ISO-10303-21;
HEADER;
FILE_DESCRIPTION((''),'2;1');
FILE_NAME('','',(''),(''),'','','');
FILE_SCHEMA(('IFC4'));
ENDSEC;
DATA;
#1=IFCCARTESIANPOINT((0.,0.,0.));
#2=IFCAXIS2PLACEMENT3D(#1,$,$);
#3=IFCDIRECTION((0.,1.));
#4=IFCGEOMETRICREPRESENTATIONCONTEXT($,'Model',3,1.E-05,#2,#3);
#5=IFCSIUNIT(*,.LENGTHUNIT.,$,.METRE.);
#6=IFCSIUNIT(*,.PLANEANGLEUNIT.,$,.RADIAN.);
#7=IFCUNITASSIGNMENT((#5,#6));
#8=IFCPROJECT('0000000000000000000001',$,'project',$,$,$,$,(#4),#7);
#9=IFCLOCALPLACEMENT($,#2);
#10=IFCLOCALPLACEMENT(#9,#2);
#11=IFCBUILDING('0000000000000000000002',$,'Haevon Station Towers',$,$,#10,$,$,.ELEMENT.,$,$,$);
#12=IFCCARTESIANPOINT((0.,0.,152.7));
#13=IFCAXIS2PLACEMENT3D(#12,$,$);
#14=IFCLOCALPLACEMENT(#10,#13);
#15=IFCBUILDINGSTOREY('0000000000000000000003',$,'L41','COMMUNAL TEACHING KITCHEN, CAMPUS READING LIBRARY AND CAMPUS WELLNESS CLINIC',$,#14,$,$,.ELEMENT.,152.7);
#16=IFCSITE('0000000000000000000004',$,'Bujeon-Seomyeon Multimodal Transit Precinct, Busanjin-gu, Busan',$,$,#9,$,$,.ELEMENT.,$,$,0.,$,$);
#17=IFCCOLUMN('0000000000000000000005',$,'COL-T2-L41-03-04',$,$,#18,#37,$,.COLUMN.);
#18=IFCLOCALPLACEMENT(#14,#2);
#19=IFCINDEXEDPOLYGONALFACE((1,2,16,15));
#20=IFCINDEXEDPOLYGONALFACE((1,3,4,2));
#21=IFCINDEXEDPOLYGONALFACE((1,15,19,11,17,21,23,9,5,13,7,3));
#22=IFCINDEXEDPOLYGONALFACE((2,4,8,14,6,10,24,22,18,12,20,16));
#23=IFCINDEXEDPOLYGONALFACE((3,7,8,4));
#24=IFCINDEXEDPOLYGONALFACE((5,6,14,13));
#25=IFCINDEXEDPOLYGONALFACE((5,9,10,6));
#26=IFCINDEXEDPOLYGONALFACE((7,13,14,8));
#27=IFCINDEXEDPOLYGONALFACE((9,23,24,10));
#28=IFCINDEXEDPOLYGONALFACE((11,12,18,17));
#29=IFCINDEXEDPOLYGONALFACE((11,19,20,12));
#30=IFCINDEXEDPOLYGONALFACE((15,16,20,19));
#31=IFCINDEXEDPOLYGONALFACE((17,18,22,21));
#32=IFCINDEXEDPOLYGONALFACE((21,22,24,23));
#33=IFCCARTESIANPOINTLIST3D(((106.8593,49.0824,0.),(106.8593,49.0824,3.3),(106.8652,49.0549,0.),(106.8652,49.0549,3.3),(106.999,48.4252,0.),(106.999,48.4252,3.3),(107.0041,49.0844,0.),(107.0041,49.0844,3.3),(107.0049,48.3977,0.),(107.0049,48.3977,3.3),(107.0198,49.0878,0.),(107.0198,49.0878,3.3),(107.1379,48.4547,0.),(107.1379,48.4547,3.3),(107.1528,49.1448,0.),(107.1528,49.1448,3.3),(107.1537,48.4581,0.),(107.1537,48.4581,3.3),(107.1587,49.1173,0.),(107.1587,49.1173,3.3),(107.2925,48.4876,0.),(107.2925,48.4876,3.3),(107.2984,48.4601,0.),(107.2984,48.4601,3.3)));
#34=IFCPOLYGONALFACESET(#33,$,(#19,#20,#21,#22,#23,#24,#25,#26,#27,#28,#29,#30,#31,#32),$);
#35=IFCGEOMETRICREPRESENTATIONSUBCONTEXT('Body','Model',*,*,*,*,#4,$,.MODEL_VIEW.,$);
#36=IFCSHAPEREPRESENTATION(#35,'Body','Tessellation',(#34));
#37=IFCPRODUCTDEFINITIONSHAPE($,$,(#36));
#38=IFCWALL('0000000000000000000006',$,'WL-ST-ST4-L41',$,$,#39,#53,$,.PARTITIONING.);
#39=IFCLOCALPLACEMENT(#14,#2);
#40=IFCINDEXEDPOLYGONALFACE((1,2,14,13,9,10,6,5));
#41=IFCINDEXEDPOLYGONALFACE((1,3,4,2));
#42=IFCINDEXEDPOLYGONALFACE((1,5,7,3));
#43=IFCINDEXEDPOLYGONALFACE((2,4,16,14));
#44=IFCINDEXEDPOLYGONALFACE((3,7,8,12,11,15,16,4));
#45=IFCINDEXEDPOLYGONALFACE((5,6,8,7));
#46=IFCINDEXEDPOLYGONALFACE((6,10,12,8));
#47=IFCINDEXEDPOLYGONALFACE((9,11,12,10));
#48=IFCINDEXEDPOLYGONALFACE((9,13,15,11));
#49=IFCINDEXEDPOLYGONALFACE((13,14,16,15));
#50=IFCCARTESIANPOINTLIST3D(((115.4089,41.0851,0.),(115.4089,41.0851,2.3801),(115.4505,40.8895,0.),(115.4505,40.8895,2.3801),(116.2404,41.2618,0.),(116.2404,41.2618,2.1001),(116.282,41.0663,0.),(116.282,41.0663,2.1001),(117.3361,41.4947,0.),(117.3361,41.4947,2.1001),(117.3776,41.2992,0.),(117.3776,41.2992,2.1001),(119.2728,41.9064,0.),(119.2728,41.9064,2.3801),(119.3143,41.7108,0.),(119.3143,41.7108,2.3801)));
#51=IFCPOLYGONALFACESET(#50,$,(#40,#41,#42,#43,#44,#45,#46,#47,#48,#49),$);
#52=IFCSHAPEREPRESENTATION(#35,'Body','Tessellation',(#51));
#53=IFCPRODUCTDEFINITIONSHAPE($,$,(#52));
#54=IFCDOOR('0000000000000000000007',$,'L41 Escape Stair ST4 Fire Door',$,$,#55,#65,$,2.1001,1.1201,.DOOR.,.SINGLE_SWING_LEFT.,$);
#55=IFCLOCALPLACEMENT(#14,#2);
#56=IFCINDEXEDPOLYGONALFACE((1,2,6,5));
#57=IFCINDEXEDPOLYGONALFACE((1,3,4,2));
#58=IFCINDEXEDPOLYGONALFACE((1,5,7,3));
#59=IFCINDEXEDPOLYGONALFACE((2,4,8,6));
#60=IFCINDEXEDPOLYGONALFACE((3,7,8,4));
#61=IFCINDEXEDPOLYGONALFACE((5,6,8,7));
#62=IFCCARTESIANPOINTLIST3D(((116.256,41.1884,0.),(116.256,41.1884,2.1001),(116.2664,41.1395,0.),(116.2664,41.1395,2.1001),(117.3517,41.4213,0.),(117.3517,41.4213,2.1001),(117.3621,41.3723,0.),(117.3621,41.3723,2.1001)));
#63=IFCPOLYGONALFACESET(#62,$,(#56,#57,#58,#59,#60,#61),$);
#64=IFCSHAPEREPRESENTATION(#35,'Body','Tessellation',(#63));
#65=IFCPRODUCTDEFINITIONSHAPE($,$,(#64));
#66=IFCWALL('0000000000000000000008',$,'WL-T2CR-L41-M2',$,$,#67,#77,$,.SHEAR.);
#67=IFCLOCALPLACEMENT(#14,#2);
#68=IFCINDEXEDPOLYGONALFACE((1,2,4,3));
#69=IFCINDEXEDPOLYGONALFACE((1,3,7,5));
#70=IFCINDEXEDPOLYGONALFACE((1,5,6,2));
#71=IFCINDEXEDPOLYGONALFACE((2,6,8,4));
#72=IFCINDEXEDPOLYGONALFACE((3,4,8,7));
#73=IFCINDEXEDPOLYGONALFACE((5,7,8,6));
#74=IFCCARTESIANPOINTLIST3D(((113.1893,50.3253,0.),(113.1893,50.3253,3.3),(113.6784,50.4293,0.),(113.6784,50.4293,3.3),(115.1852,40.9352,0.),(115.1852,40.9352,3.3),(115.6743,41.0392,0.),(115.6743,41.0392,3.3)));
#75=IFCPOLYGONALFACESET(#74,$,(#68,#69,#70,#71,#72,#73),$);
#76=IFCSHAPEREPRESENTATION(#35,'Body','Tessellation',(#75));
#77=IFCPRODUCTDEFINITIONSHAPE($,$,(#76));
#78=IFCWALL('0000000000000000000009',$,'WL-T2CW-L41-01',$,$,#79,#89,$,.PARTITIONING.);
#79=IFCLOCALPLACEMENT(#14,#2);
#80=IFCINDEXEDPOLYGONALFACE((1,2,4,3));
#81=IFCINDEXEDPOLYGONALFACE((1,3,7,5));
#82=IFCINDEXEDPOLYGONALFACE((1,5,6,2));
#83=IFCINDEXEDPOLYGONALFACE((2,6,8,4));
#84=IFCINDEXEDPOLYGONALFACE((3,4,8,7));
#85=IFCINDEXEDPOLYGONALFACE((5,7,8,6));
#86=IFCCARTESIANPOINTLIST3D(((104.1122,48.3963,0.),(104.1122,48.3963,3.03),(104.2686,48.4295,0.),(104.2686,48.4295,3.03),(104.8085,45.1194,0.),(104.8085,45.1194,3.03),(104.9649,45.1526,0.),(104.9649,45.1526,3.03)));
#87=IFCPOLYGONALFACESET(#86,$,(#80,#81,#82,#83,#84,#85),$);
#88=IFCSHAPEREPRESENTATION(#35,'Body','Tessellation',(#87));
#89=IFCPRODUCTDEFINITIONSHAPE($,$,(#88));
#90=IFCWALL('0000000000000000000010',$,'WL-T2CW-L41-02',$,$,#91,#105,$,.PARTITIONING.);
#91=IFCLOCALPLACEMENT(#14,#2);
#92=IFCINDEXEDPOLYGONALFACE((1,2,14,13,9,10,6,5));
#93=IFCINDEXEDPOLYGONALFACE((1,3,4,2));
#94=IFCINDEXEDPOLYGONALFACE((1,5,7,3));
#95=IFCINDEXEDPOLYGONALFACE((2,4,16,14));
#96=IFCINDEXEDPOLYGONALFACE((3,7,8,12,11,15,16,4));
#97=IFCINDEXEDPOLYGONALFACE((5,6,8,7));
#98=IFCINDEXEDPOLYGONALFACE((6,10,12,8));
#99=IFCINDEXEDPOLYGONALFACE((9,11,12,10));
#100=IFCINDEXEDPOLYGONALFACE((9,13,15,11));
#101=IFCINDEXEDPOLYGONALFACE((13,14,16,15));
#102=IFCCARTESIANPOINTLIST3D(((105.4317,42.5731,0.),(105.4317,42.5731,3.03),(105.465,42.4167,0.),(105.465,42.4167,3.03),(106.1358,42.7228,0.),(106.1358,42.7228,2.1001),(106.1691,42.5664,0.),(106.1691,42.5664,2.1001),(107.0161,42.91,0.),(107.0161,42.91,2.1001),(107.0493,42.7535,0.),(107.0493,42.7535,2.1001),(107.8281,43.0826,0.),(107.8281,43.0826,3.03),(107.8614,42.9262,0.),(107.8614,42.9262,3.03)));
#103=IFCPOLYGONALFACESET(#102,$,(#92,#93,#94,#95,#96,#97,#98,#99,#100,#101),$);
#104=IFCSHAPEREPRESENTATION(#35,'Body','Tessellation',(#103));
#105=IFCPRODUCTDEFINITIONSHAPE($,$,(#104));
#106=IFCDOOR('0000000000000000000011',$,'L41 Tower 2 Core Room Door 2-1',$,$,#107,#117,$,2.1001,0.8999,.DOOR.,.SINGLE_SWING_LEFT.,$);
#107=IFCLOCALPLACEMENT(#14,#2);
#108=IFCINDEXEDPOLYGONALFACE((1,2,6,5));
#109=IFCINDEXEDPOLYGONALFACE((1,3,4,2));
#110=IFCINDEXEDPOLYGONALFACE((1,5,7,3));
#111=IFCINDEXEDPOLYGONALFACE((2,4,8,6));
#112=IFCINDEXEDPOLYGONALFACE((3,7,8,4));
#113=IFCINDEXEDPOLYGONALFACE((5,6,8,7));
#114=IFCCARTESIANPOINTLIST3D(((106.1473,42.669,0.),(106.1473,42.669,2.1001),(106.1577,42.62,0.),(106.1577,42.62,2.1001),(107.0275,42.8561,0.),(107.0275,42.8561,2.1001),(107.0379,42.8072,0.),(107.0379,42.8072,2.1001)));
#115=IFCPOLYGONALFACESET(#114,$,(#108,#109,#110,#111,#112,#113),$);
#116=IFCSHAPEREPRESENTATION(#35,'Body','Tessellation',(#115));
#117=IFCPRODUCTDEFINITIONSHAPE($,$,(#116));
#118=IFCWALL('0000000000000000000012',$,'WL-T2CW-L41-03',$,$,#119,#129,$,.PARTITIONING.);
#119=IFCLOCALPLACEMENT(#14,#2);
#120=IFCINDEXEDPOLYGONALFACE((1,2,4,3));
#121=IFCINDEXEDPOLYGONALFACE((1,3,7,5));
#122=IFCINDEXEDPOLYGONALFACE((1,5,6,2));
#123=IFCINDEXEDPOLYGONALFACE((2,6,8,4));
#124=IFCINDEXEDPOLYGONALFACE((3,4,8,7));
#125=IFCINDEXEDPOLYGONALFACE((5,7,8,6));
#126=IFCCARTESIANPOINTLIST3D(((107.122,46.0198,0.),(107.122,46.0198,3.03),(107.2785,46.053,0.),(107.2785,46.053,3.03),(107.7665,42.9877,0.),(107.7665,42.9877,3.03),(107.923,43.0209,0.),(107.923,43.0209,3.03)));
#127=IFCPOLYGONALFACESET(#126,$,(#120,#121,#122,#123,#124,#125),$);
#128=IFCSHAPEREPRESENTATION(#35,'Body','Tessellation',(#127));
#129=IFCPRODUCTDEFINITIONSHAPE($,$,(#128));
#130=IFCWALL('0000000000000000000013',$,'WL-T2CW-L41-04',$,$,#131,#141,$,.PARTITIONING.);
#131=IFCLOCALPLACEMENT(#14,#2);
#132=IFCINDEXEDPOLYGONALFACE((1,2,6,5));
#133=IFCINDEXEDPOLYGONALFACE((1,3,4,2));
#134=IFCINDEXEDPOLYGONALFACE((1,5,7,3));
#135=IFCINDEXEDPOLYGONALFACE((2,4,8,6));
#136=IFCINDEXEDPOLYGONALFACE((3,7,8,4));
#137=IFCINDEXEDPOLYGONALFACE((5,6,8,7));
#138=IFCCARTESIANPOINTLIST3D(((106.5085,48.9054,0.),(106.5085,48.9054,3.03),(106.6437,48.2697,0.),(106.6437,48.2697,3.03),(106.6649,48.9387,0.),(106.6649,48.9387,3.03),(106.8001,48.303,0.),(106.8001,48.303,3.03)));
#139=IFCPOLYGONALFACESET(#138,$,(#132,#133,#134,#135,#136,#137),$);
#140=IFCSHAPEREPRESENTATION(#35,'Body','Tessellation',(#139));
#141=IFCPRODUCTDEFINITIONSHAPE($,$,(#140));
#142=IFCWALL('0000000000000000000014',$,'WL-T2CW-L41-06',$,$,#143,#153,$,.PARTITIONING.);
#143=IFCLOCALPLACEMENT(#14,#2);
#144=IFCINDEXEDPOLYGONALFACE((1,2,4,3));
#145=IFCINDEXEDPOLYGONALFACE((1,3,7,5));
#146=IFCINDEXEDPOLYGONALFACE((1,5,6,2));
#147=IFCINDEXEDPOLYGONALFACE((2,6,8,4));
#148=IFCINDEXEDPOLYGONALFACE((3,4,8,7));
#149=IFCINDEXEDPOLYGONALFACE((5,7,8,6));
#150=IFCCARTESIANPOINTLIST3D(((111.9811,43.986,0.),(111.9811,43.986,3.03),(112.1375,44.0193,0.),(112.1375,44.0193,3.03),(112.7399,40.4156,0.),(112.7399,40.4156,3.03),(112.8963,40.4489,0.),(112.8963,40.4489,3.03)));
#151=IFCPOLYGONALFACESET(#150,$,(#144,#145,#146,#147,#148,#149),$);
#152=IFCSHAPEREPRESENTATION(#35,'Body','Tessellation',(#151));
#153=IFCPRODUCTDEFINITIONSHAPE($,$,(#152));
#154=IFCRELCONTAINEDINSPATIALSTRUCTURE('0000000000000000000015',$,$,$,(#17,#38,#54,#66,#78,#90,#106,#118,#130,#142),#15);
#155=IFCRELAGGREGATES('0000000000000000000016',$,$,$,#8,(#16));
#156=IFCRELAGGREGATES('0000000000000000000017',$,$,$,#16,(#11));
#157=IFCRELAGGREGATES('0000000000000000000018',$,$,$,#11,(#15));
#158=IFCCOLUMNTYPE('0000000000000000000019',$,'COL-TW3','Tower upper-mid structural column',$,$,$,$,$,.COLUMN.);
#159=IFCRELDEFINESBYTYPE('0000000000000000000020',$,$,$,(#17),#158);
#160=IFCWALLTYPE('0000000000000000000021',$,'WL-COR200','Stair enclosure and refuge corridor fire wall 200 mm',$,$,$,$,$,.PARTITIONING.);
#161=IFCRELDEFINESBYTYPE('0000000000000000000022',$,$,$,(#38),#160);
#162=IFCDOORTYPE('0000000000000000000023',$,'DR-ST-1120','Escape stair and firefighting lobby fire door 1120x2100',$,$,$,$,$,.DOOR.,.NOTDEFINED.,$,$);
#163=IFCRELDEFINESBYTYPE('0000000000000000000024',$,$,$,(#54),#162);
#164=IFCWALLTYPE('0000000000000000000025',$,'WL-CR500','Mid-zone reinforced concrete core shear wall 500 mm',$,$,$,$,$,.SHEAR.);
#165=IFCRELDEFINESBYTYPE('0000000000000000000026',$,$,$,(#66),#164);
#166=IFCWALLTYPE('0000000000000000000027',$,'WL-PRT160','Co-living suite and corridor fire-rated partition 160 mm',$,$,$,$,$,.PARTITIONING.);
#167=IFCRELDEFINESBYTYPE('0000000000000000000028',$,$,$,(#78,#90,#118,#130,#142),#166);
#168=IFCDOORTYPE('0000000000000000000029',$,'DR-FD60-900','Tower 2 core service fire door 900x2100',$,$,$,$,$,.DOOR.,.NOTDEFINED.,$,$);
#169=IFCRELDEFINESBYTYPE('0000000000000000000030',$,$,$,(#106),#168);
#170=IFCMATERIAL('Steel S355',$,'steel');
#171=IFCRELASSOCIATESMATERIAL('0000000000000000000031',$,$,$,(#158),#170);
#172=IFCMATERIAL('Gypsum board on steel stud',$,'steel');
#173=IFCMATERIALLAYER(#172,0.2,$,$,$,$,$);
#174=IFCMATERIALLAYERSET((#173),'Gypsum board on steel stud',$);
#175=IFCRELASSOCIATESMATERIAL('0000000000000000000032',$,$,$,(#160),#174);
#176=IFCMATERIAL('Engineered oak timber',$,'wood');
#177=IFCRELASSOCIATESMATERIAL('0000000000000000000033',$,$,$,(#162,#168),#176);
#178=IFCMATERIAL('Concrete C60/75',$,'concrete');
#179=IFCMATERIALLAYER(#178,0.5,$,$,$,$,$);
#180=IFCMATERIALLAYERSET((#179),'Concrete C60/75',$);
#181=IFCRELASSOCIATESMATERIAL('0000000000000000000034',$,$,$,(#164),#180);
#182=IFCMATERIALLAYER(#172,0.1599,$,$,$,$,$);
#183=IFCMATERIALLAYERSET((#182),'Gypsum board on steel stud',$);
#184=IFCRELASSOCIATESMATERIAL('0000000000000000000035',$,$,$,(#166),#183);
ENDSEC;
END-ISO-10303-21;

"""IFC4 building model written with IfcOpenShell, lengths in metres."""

from ifc_helpers import new_model, si_unit, direction, frame, frame_2d, origin, origin_2d, place, context, subcontext, project, spatial, rectangle, i_section, extrude, material, layer, layer_set, material_profile, profile_set, type_object, element, fill, save


model = new_model("IFC4")

# Units and contexts
model_context = context("Model", 3, precision=1e-05, world=origin(), true_north=direction((0.0, 1.0)))
body_context = subcontext(model_context, "Body", "Model", "MODEL_VIEW")
ifc_project = project(units=[si_unit("LENGTHUNIT", "METRE"), si_unit("PLANEANGLEUNIT", "RADIAN")], contexts=[model_context])

# Site, building, storey
site_placement = place(None, origin())
site = spatial("IfcSite", under=ifc_project, at=site_placement, Name="Bujeon-Seomyeon Multimodal Transit Precinct, Busanjin-gu, Busan", CompositionType="ELEMENT", RefElevation=0.0)
building_placement = place(site_placement, origin())
building = spatial("IfcBuilding", under=site, at=building_placement, Name="Haevon Station Towers", CompositionType="ELEMENT")
storey_placement = place(building_placement, frame((0.0, 0.0, 152.7)))
storey = spatial("IfcBuildingStorey", under=building, at=storey_placement, Name="L41", Description="COMMUNAL TEACHING KITCHEN, CAMPUS READING LIBRARY AND CAMPUS WELLNESS CLINIC", CompositionType="ELEMENT", Elevation=152.7)

# Column
ifc_material_1 = material(Name="Steel S355", Category="steel")
ifc_material_profile = material_profile(ifc_material_1, i_section(OverallWidth=0.3, OverallDepth=0.7, WebThickness=0.0161, FlangeThickness=0.0281, at=origin_2d()), Name="H-700x300x16x28")
ifc_profile_set = profile_set([ifc_material_profile], Name="Steel S355")
column_type = type_object("IfcColumnType", Name="COL-TW3", Description="Tower upper-mid structural column", PredefinedType="COLUMN", material=ifc_profile_set)
column_placement = place(storey_placement, frame((107.0789, 48.7712, 0.0), z_axis=(0.0, 0.0, 1.0), x_axis=(0.978148, 0.207912, 0.0)))
element("IfcColumn", 1, at=column_placement, inside=storey, type_object=column_type, Name="COL-T2-L41-03-04", PredefinedType="COLUMN", context=body_context, shape_type="SweptSolid", body=[
    extrude(i_section(OverallWidth=0.3, OverallDepth=0.7, WebThickness=0.0161, FlangeThickness=0.0281, at=origin_2d()), origin(), (0.0, 0.0, 1.0), 3.3),
])

# Wall, opening, door
ifc_material_2 = material(Name="Gypsum board on steel stud", Category="steel")
ifc_layer_1 = layer(ifc_material_2, 0.2)
ifc_layer_set_1 = layer_set([ifc_layer_1], Name="Gypsum board on steel stud")
wall_type_1 = type_object("IfcWallType", Name="WL-COR200", Description="Stair enclosure and refuge corridor fire wall 200 mm", PredefinedType="PARTITIONING", material=ifc_layer_set_1)
wall_1_placement = place(storey_placement, frame((115.4297, 40.9873, 0.0), z_axis=(0.0, 0.0, 1.0), x_axis=(0.978147, 0.207916, 0.0)))
wall_1 = element("IfcWall", 2, at=wall_1_placement, inside=storey, type_object=wall_type_1, Name="WL-ST-ST4-L41", PredefinedType="PARTITIONING", context=body_context, shape_type="SweptSolid", body=[
    extrude(rectangle(XDim=3.9502, YDim=0.2, at=frame_2d((1.9751, 0.0))), origin(), (0.0, 0.0, 1.0), 2.3801),
])
opening_1_placement = place(wall_1_placement, frame((0.8501, 0.0, 0.0)))
opening_1 = element("IfcOpeningElement", 3, at=opening_1_placement, cuts=wall_1, PredefinedType="OPENING", context=body_context, shape_type="SweptSolid", body=[
    extrude(rectangle(XDim=1.1201, YDim=2.1001, at=frame_2d((0.5601, 1.05))), frame((0.0, 0.1099, 0.0), z_axis=(0.0, -1.0, 0.0), x_axis=(1.0, 0.0, 0.0)), (0.0, 0.0, 1.0), 0.22),
])
ifc_material_3 = material(Name="Engineered oak timber", Category="wood")
door_type_1 = type_object("IfcDoorType", Name="DR-ST-1120", Description="Escape stair and firefighting lobby fire door 1120x2100", OperationType="NOTDEFINED", PredefinedType="DOOR", material=ifc_material_3)
door_1_placement = place(opening_1_placement, origin())
door_1 = element("IfcDoor", 4, at=door_1_placement, inside=storey, type_object=door_type_1, Name="L41 Escape Stair ST4 Fire Door", OperationType="SINGLE_SWING_LEFT", OverallHeight=2.1001, OverallWidth=1.1201, PredefinedType="DOOR", context=body_context, shape_type="SweptSolid", body=[
    extrude(rectangle(XDim=1.1201, YDim=2.1001, at=frame_2d((0.5601, 1.05))), frame((0.0, 0.0249, 0.0), z_axis=(0.0, -1.0, 0.0), x_axis=(1.0, 0.0, 0.0)), (0.0, 0.0, 1.0), 0.05),
])
fill(opening_1, door_1)

# Walls
ifc_material_4 = material(Name="Concrete C60/75", Category="concrete")
ifc_layer_2 = layer(ifc_material_4, 0.5)
ifc_layer_set_2 = layer_set([ifc_layer_2], Name="Concrete C60/75")
wall_type_2 = type_object("IfcWallType", Name="WL-CR500", Description="Mid-zone reinforced concrete core shear wall 500 mm", PredefinedType="SHEAR", material=ifc_layer_set_2)
wall_2_placement = place(storey_placement, frame((115.4297, 40.9873, 0.0), z_axis=(0.0, 0.0, 1.0), x_axis=(-0.207903, 0.978149, 0.0)))
element("IfcWall", 5, at=wall_2_placement, inside=storey, type_object=wall_type_2, Name="WL-T2CR-L41-M2", PredefinedType="SHEAR", context=body_context, shape_type="SweptSolid", body=[
    extrude(rectangle(XDim=9.5999, YDim=0.5, at=frame_2d((4.7998, 0.0))), origin(), (0.0, 0.0, 1.0), 3.3),
])
ifc_layer_3 = layer(ifc_material_2, 0.1599)
ifc_layer_set_3 = layer_set([ifc_layer_3], Name="Gypsum board on steel stud")
wall_type_3 = type_object("IfcWallType", Name="WL-PRT160", Description="Co-living suite and corridor fire-rated partition 160 mm", PredefinedType="PARTITIONING", material=ifc_layer_set_3)
wall_3_placement = place(storey_placement, frame((104.8867, 45.136, 0.0), z_axis=(0.0, 0.0, 1.0), x_axis=(-0.207847, 0.978161, 0.0)))
element("IfcWall", 6, at=wall_3_placement, inside=storey, type_object=wall_type_3, Name="WL-T2CW-L41-01", PredefinedType="PARTITIONING", context=body_context, shape_type="SweptSolid", body=[
    extrude(rectangle(XDim=3.3501, YDim=0.1599, at=frame_2d((1.675, 0.0))), origin(), (0.0, 0.0, 1.0), 3.03),
])

# Wall, opening, door
wall_4_placement = place(storey_placement, frame((105.4482, 42.4949, 0.0), z_axis=(0.0, 0.0, 1.0), x_axis=(0.978137, 0.207964, 0.0)))
wall_4 = element("IfcWall", 7, at=wall_4_placement, inside=storey, type_object=wall_type_3, Name="WL-T2CW-L41-02", PredefinedType="PARTITIONING", context=body_context, shape_type="SweptSolid", body=[
    extrude(rectangle(XDim=2.45, YDim=0.1599, at=frame_2d((1.2251, 0.0))), origin(), (0.0, 0.0, 1.0), 3.03),
])
opening_2_placement = place(wall_4_placement, frame((0.72, 0.0, 0.0)))
opening_2 = element("IfcOpeningElement", 8, at=opening_2_placement, cuts=wall_4, PredefinedType="OPENING", context=body_context, shape_type="SweptSolid", body=[
    extrude(rectangle(XDim=0.8999, YDim=2.1001, at=frame_2d((0.45, 1.05))), frame((0.0, 0.0898, 0.0), z_axis=(0.0, -1.0, 0.0), x_axis=(1.0, 0.0, 0.0)), (0.0, 0.0, 1.0), 0.1799),
])
door_type_2 = type_object("IfcDoorType", Name="DR-FD60-900", Description="Tower 2 core service fire door 900x2100", OperationType="NOTDEFINED", PredefinedType="DOOR", material=ifc_material_3)
door_2_placement = place(opening_2_placement, origin())
door_2 = element("IfcDoor", 9, at=door_2_placement, inside=storey, type_object=door_type_2, Name="L41 Tower 2 Core Room Door 2-1", OperationType="SINGLE_SWING_LEFT", OverallHeight=2.1001, OverallWidth=0.8999, PredefinedType="DOOR", context=body_context, shape_type="SweptSolid", body=[
    extrude(rectangle(XDim=0.8999, YDim=2.1001, at=frame_2d((0.45, 1.05))), frame((0.0, 0.0249, 0.0), z_axis=(0.0, -1.0, 0.0), x_axis=(1.0, 0.0, 0.0)), (0.0, 0.0, 1.0), 0.05),
])
fill(opening_2, door_2)

# Walls
wall_5_placement = place(storey_placement, frame((107.8447, 43.0044, 0.0), z_axis=(0.0, 0.0, 1.0), x_axis=(-0.207915, 0.978147, 0.0)))
element("IfcWall", 10, at=wall_5_placement, inside=storey, type_object=wall_type_3, Name="WL-T2CW-L41-03", PredefinedType="PARTITIONING", context=body_context, shape_type="SweptSolid", body=[
    extrude(rectangle(XDim=3.0999, YDim=0.1599, at=frame_2d((1.5498, 0.0))), origin(), (0.0, 0.0, 1.0), 3.03),
])
wall_6_placement = place(storey_placement, frame((106.7219, 48.2864, 0.0), z_axis=(0.0, 0.0, 1.0), x_axis=(-0.208092, 0.978109, 0.0)))
element("IfcWall", 11, at=wall_6_placement, inside=storey, type_object=wall_type_3, Name="WL-T2CW-L41-04", PredefinedType="PARTITIONING", context=body_context, shape_type="SweptSolid", body=[
    extrude(rectangle(XDim=0.6499, YDim=0.1599, at=frame_2d((0.325, 0.0))), origin(), (0.0, 0.0, 1.0), 3.03),
])
wall_7_placement = place(storey_placement, frame((112.8181, 40.4321, 0.0), z_axis=(0.0, 0.0, 1.0), x_axis=(-0.207884, 0.978153, 0.0)))
element("IfcWall", 12, at=wall_7_placement, inside=storey, type_object=wall_type_3, Name="WL-T2CW-L41-06", PredefinedType="PARTITIONING", context=body_context, shape_type="SweptSolid", body=[
    extrude(rectangle(XDim=3.6501, YDim=0.1599, at=frame_2d((1.8252, 0.0))), origin(), (0.0, 0.0, 1.0), 3.03),
])

save(model, "model.ifc")
